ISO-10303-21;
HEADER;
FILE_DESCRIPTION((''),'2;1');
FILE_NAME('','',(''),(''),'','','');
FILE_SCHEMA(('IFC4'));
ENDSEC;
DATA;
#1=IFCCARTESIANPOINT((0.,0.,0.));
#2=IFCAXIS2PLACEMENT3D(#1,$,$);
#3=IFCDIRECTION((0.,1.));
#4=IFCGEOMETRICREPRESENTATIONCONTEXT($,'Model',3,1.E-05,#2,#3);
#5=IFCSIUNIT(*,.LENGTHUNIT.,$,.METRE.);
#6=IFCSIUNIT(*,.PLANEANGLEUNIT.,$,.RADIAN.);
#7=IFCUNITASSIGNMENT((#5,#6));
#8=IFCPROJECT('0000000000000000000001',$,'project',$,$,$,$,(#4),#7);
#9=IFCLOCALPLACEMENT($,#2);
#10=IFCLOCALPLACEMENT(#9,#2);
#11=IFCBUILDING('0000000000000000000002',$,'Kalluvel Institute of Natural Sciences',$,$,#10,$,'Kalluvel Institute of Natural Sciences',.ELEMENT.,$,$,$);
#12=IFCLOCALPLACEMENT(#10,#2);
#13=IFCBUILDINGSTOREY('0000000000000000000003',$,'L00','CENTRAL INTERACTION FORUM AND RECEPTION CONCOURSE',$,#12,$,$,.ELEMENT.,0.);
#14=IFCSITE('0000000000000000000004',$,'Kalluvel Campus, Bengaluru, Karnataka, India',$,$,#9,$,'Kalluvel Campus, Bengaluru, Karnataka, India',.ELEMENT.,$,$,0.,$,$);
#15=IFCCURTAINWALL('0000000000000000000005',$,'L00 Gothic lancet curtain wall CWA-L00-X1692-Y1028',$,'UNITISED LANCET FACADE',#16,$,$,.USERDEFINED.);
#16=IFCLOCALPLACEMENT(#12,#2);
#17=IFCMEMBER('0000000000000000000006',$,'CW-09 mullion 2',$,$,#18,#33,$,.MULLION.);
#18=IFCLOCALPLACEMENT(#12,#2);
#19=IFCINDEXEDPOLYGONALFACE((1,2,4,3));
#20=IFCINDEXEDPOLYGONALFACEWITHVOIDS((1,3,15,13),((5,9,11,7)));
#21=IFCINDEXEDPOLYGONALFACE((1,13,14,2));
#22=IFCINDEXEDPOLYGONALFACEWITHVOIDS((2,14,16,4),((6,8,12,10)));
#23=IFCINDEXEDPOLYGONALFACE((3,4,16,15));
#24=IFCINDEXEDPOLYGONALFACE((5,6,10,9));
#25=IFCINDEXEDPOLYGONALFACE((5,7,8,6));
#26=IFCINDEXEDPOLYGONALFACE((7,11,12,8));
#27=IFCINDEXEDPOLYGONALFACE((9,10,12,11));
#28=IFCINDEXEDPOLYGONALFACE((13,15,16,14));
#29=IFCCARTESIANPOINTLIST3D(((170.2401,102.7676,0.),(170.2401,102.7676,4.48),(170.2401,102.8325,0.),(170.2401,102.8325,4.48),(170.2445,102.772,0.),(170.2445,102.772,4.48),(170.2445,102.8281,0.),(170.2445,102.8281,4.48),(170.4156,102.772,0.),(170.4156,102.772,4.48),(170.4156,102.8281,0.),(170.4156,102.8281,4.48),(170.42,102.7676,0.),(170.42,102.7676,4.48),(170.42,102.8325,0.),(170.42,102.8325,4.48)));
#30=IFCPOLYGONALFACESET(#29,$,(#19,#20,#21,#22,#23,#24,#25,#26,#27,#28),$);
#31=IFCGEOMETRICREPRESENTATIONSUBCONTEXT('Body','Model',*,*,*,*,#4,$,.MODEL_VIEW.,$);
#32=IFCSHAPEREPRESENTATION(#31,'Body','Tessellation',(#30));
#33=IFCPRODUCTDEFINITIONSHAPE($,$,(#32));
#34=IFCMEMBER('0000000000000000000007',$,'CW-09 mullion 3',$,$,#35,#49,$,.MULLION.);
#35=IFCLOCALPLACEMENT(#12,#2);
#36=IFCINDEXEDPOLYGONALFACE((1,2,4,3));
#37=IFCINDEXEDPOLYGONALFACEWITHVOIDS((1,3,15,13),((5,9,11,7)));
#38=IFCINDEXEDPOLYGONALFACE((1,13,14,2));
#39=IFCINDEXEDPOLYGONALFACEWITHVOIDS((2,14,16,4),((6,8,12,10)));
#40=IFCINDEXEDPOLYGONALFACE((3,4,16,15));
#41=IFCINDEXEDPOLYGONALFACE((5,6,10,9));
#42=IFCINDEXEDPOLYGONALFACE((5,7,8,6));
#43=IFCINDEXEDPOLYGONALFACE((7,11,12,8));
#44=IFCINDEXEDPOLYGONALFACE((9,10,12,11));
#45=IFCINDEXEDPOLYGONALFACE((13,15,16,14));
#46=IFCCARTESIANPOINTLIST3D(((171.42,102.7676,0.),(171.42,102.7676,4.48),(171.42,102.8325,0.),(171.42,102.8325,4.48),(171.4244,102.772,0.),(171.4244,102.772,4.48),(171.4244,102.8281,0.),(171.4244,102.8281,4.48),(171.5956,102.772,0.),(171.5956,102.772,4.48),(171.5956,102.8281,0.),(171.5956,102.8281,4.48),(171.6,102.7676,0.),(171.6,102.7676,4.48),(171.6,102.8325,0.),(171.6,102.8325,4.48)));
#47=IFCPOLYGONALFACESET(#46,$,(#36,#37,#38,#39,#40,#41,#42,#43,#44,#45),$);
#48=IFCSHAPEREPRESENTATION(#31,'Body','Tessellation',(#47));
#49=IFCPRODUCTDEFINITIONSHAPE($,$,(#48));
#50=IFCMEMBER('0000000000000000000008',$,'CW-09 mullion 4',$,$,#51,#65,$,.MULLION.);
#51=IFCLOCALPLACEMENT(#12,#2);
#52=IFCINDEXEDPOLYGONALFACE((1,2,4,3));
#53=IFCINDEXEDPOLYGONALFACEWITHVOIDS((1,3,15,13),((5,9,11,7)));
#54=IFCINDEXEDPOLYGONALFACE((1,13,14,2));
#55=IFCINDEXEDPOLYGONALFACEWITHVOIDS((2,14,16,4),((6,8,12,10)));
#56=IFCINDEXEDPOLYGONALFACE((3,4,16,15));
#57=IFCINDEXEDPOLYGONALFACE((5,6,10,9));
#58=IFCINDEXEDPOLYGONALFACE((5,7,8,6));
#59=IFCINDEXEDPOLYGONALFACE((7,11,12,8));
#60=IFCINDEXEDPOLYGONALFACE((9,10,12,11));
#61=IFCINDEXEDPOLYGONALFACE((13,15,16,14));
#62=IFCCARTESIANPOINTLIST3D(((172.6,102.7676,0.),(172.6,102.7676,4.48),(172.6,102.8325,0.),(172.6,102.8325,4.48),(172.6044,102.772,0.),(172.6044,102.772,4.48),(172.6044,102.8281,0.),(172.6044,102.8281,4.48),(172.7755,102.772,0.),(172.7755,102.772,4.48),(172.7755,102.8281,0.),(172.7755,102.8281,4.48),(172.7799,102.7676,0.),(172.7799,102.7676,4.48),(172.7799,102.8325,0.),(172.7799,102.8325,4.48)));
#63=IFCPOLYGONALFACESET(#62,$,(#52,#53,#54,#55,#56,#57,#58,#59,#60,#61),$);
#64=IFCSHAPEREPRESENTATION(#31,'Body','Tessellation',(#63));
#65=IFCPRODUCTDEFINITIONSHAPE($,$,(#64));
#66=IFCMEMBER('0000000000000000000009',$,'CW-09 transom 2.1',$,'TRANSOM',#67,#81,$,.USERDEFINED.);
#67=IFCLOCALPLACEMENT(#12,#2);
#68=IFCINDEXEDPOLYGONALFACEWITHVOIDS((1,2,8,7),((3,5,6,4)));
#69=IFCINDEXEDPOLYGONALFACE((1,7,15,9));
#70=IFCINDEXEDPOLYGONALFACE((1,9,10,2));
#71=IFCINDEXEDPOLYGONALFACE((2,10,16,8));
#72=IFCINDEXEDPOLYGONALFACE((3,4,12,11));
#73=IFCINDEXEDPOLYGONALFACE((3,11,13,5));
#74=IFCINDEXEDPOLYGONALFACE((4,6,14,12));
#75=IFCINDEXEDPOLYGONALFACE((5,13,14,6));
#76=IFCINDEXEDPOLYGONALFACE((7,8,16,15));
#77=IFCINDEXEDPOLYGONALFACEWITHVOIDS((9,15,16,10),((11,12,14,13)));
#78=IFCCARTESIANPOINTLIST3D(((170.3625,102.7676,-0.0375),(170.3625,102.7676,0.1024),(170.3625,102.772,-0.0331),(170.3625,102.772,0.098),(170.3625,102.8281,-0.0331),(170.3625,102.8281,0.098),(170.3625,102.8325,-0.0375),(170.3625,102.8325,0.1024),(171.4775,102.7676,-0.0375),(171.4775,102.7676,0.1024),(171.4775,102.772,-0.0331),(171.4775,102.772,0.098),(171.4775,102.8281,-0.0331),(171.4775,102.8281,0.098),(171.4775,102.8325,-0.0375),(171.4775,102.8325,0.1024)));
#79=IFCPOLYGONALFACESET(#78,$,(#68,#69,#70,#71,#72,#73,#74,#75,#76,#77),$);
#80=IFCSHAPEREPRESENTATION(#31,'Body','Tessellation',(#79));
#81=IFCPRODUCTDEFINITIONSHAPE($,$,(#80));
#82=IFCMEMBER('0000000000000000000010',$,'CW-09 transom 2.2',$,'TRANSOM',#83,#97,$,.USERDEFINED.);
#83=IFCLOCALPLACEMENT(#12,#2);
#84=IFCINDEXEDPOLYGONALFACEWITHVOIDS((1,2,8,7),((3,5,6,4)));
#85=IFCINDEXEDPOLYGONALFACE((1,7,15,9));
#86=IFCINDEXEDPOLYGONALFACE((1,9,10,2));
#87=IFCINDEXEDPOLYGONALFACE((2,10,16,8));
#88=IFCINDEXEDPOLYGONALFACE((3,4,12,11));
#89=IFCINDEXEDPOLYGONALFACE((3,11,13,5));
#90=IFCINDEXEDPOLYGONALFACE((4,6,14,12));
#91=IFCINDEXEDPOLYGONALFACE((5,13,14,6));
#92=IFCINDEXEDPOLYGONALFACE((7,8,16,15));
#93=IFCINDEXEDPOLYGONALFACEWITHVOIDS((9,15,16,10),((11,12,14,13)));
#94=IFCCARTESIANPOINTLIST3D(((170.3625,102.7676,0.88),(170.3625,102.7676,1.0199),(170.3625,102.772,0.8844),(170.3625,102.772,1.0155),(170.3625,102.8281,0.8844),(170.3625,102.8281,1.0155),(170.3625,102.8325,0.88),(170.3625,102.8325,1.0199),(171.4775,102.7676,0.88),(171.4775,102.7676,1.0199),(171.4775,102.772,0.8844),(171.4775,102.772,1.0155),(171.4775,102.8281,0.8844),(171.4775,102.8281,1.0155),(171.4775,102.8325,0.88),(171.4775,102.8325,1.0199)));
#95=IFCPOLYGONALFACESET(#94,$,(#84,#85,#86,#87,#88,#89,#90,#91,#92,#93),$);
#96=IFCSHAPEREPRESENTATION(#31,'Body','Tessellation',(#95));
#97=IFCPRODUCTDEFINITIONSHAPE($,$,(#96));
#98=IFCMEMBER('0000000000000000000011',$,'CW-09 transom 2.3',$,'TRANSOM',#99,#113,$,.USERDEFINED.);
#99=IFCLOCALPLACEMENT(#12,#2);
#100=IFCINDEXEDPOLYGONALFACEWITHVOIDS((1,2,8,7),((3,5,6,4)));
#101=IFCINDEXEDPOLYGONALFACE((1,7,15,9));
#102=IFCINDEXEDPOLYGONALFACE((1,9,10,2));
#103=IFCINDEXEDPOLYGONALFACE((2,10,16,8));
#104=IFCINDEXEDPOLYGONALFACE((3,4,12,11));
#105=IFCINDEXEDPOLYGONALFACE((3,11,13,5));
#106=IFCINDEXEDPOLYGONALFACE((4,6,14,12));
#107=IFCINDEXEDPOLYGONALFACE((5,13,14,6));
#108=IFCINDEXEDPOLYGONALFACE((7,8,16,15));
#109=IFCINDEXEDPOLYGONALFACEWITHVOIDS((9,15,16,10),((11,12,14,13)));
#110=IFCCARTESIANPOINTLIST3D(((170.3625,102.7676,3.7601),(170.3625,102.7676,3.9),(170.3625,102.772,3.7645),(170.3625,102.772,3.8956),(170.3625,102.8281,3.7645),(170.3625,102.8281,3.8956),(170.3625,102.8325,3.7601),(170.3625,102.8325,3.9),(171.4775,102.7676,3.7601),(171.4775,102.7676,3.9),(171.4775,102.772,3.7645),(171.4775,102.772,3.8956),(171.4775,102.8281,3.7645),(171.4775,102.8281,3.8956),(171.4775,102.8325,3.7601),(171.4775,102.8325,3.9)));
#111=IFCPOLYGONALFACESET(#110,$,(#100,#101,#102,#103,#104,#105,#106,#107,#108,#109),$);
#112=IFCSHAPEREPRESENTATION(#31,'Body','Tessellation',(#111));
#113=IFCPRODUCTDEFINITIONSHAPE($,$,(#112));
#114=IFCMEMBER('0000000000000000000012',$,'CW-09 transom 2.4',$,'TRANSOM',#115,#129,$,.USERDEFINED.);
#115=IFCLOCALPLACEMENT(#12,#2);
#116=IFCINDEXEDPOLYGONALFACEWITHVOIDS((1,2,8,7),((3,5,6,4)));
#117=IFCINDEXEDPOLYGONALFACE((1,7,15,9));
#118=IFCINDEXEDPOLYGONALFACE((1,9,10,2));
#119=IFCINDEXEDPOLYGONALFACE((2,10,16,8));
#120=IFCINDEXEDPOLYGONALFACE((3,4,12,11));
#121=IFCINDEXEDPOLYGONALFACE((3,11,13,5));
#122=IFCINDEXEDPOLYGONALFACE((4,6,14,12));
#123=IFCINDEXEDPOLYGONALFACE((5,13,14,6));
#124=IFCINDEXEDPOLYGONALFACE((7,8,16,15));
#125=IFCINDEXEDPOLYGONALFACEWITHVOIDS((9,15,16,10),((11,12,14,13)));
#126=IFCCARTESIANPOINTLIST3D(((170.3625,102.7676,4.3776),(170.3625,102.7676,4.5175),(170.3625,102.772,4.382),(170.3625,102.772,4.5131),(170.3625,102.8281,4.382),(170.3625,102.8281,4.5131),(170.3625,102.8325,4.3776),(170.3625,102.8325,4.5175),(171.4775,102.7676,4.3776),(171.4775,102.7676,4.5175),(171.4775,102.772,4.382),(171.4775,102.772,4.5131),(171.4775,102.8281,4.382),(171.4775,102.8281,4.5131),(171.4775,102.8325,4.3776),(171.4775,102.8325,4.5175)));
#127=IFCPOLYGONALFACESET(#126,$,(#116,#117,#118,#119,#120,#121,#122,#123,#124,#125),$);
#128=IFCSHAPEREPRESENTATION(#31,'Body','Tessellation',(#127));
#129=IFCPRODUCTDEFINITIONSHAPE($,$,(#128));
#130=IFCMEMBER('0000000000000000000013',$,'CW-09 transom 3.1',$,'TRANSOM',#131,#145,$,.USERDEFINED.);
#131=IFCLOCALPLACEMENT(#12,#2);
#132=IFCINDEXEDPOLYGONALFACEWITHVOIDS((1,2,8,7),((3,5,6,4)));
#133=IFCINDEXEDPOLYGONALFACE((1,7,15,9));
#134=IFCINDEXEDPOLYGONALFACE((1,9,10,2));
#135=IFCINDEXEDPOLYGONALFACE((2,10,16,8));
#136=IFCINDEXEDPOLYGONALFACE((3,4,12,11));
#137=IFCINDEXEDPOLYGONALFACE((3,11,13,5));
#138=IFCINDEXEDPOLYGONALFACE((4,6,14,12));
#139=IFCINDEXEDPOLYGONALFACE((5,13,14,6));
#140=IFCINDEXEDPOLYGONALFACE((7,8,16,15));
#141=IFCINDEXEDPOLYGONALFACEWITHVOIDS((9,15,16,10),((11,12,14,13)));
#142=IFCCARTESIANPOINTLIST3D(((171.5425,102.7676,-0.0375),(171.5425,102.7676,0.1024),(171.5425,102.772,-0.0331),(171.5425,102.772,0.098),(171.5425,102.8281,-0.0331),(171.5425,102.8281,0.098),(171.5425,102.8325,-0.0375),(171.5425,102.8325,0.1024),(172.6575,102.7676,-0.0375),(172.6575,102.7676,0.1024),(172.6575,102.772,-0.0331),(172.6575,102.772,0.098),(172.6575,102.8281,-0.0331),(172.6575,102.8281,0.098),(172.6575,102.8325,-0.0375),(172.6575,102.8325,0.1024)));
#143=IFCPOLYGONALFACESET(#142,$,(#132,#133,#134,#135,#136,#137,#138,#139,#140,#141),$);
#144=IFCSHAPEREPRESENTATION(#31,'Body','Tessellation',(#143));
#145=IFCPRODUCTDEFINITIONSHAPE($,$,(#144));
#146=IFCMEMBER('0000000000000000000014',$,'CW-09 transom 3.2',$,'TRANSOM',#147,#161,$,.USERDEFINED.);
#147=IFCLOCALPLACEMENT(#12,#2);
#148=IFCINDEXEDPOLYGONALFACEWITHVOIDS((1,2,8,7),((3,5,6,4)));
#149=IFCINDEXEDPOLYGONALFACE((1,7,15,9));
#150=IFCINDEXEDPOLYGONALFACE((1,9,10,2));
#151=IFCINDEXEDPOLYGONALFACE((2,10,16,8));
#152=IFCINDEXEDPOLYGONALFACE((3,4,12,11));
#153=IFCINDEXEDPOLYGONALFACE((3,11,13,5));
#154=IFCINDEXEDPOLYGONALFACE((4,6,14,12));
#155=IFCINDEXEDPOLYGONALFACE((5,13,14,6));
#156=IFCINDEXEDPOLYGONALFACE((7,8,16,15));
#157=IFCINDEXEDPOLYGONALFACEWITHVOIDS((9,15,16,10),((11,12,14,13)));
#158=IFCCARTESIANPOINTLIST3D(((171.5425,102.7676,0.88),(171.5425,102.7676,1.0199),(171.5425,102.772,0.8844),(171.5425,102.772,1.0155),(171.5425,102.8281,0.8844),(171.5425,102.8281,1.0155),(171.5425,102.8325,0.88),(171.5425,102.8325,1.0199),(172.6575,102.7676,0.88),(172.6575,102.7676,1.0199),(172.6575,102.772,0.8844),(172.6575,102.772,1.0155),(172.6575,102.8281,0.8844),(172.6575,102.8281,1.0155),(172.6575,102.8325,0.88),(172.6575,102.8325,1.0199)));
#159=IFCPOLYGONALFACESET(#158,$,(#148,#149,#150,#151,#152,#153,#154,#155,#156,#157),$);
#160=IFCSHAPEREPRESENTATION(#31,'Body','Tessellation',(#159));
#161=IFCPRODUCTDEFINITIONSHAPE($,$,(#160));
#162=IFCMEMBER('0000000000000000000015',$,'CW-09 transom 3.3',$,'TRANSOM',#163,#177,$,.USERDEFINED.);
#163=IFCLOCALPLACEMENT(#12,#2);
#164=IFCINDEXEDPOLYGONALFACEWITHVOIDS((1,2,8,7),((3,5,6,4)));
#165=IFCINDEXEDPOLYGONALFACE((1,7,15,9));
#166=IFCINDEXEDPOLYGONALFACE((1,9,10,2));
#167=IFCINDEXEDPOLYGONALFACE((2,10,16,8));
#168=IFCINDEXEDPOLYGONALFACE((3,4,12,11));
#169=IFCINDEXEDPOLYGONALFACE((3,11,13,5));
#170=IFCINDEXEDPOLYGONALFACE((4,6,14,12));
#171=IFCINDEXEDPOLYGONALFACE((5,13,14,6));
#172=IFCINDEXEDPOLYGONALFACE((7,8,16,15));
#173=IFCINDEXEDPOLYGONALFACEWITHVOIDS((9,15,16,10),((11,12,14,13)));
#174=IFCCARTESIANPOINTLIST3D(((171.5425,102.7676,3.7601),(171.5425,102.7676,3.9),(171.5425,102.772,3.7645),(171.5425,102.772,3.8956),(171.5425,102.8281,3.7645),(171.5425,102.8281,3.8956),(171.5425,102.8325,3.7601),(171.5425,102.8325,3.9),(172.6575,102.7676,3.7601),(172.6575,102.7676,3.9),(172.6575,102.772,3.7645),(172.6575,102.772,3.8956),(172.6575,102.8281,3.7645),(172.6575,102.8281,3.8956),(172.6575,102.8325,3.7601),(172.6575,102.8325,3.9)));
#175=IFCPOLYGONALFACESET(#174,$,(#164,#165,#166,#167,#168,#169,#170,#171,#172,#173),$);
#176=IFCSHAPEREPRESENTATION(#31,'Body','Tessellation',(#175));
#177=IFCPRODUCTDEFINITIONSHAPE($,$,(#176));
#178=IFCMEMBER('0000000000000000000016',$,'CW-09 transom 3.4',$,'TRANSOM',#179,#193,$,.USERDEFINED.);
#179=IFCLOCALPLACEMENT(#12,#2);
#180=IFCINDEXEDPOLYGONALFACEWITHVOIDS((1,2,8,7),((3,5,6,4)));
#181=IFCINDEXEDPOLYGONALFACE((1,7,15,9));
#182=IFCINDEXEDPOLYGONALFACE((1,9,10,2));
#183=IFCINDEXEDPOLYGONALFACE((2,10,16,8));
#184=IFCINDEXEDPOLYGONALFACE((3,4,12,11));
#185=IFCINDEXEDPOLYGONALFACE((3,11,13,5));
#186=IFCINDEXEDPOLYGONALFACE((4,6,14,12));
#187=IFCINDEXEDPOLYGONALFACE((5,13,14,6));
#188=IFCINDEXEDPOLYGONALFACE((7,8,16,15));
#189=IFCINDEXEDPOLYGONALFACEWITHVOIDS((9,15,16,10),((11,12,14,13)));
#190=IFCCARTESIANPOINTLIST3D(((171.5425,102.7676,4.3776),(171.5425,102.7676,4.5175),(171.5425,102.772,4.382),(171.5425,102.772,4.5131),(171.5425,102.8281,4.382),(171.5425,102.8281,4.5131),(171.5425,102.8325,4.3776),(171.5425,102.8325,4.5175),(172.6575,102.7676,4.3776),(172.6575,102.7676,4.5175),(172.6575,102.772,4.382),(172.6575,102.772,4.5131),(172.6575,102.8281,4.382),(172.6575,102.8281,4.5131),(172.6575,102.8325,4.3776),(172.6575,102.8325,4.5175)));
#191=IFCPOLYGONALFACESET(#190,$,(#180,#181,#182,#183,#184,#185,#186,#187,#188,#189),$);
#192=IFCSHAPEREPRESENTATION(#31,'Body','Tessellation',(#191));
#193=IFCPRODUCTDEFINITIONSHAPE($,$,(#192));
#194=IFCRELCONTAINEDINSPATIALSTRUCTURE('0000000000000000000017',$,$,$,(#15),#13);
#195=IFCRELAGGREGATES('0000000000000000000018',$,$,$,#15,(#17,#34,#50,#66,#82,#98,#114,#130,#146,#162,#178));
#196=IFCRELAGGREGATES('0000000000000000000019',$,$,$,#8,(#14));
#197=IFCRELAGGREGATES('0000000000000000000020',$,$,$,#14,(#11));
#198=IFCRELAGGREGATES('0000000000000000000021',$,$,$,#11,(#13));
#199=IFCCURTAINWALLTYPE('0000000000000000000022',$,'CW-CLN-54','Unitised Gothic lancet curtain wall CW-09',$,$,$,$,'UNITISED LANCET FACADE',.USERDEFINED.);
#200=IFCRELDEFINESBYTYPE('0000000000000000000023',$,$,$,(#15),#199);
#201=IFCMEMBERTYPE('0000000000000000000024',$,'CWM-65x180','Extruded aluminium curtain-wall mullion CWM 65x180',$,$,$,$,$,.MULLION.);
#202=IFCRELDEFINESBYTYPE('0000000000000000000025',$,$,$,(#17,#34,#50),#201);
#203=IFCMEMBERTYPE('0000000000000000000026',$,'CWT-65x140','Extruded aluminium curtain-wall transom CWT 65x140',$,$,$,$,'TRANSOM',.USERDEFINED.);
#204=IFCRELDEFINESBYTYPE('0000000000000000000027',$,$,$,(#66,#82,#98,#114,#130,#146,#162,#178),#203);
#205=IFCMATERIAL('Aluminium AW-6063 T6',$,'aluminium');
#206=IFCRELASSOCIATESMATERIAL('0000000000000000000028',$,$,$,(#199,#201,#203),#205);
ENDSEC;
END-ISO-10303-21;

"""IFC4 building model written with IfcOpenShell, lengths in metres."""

from ifc_helpers import new_model, si_unit, direction, frame, origin, origin_2d, place, context, subcontext, project, spatial, hollow_rectangle, extrude, material, material_profile, profile_set, type_object, element, aggregate, save


model = new_model("IFC4")

# Units and contexts
model_context = context("Model", 3, precision=1e-05, world=origin(), true_north=direction((0.0, 1.0)))
body_context = subcontext(model_context, "Body", "Model", "MODEL_VIEW")
ifc_project = project(units=[si_unit("LENGTHUNIT", "METRE"), si_unit("PLANEANGLEUNIT", "RADIAN")], contexts=[model_context])

# Site, building, storey
site_placement = place(None, origin())
site = spatial("IfcSite", under=ifc_project, at=site_placement, Name="Kalluvel Campus, Bengaluru, Karnataka, India", LongName="Kalluvel Campus, Bengaluru, Karnataka, India", CompositionType="ELEMENT", RefElevation=0.0)
building_placement = place(site_placement, origin())
building = spatial("IfcBuilding", under=site, at=building_placement, Name="Kalluvel Institute of Natural Sciences", LongName="Kalluvel Institute of Natural Sciences", CompositionType="ELEMENT")
storey_placement = place(building_placement, origin())
storey = spatial("IfcBuildingStorey", under=building, at=storey_placement, Name="L00", Description="CENTRAL INTERACTION FORUM AND RECEPTION CONCOURSE", CompositionType="ELEMENT", Elevation=0.0)

# Curtain wall, members
ifc_material_1 = material(Name="Aluminium AW-6063 T6", Category="aluminium")
curtain_wall_type = type_object("IfcCurtainWallType", Name="CW-CLN-54", Description="Unitised Gothic lancet curtain wall CW-09", ElementType="UNITISED LANCET FACADE", PredefinedType="USERDEFINED", material=ifc_material_1)
curtain_wall_placement = place(storey_placement, origin())
curtain_wall = element("IfcCurtainWall", 1, at=curtain_wall_placement, inside=storey, type_object=curtain_wall_type, Name="L00 Gothic lancet curtain wall CWA-L00-X1692-Y1028", ObjectType="UNITISED LANCET FACADE", PredefinedType="USERDEFINED")
ifc_material_profile_1 = material_profile(ifc_material_1, hollow_rectangle(XDim=0.0649, YDim=0.1799, WallThickness=0.0044, at=origin_2d()), Name="CWM 65x180")
ifc_profile_set_1 = profile_set([ifc_material_profile_1], Name="Aluminium AW-6063 T6")
member_type_1 = type_object("IfcMemberType", Name="CWM-65x180", Description="Extruded aluminium curtain-wall mullion CWM 65x180", PredefinedType="MULLION", material=ifc_profile_set_1)
member_1_placement = place(storey_placement, frame((170.3301, 102.8, 0.0), z_axis=(0.0, 0.0, 1.0), x_axis=(0.0, 1.0, 0.0)))
member_1 = element("IfcMember", 2, at=member_1_placement, type_object=member_type_1, Name="CW-09 mullion 2", PredefinedType="MULLION", context=body_context, shape_type="SweptSolid", body=[
    extrude(hollow_rectangle(XDim=0.0649, YDim=0.1799, WallThickness=0.0044, at=origin_2d()), origin(), (0.0, 0.0, 1.0), 4.48),
])
member_2_placement = place(storey_placement, frame((171.51, 102.8, 0.0), z_axis=(0.0, 0.0, 1.0), x_axis=(0.0, 1.0, 0.0)))
member_2 = element("IfcMember", 3, at=member_2_placement, type_object=member_type_1, Name="CW-09 mullion 3", PredefinedType="MULLION", context=body_context, shape_type="SweptSolid", body=[
    extrude(hollow_rectangle(XDim=0.0649, YDim=0.1799, WallThickness=0.0044, at=origin_2d()), origin(), (0.0, 0.0, 1.0), 4.48),
])
member_3_placement = place(storey_placement, frame((172.6899, 102.8, 0.0), z_axis=(0.0, 0.0, 1.0), x_axis=(0.0, 1.0, 0.0)))
member_3 = element("IfcMember", 4, at=member_3_placement, type_object=member_type_1, Name="CW-09 mullion 4", PredefinedType="MULLION", context=body_context, shape_type="SweptSolid", body=[
    extrude(hollow_rectangle(XDim=0.0649, YDim=0.1799, WallThickness=0.0044, at=origin_2d()), origin(), (0.0, 0.0, 1.0), 4.48),
])
ifc_material_profile_2 = material_profile(ifc_material_1, hollow_rectangle(XDim=0.0649, YDim=0.1399, WallThickness=0.0044, at=origin_2d()), Name="CWT 65x140")
ifc_profile_set_2 = profile_set([ifc_material_profile_2], Name="Aluminium AW-6063 T6")
member_type_2 = type_object("IfcMemberType", Name="CWT-65x140", Description="Extruded aluminium curtain-wall transom CWT 65x140", ElementType="TRANSOM", PredefinedType="USERDEFINED", material=ifc_profile_set_2)
member_4_placement = place(storey_placement, frame((170.3625, 102.8, 0.0325), z_axis=(1.0, 0.0, 0.0), x_axis=(0.0, 1.0, 0.0)))
member_4 = element("IfcMember", 5, at=member_4_placement, type_object=member_type_2, Name="CW-09 transom 2.1", ObjectType="TRANSOM", PredefinedType="USERDEFINED", context=body_context, shape_type="SweptSolid", body=[
    extrude(hollow_rectangle(XDim=0.0649, YDim=0.1399, WallThickness=0.0044, at=origin_2d()), origin(), (0.0, 0.0, 1.0), 1.115),
])
member_5_placement = place(storey_placement, frame((170.3625, 102.8, 0.95), z_axis=(1.0, 0.0, 0.0), x_axis=(0.0, 1.0, 0.0)))
member_5 = element("IfcMember", 6, at=member_5_placement, type_object=member_type_2, Name="CW-09 transom 2.2", ObjectType="TRANSOM", PredefinedType="USERDEFINED", context=body_context, shape_type="SweptSolid", body=[
    extrude(hollow_rectangle(XDim=0.0649, YDim=0.1399, WallThickness=0.0044, at=origin_2d()), origin(), (0.0, 0.0, 1.0), 1.115),
])
member_6_placement = place(storey_placement, frame((170.3625, 102.8, 3.8301), z_axis=(1.0, 0.0, 0.0), x_axis=(0.0, 1.0, 0.0)))
member_6 = element("IfcMember", 7, at=member_6_placement, type_object=member_type_2, Name="CW-09 transom 2.3", ObjectType="TRANSOM", PredefinedType="USERDEFINED", context=body_context, shape_type="SweptSolid", body=[
    extrude(hollow_rectangle(XDim=0.0649, YDim=0.1399, WallThickness=0.0044, at=origin_2d()), origin(), (0.0, 0.0, 1.0), 1.115),
])
member_7_placement = place(storey_placement, frame((170.3625, 102.8, 4.4475), z_axis=(1.0, 0.0, 0.0), x_axis=(0.0, 1.0, 0.0)))
member_7 = element("IfcMember", 8, at=member_7_placement, type_object=member_type_2, Name="CW-09 transom 2.4", ObjectType="TRANSOM", PredefinedType="USERDEFINED", context=body_context, shape_type="SweptSolid", body=[
    extrude(hollow_rectangle(XDim=0.0649, YDim=0.1399, WallThickness=0.0044, at=origin_2d()), origin(), (0.0, 0.0, 1.0), 1.115),
])
member_8_placement = place(storey_placement, frame((171.5425, 102.8, 0.0325), z_axis=(1.0, 0.0, 0.0), x_axis=(0.0, 1.0, 0.0)))
member_8 = element("IfcMember", 9, at=member_8_placement, type_object=member_type_2, Name="CW-09 transom 3.1", ObjectType="TRANSOM", PredefinedType="USERDEFINED", context=body_context, shape_type="SweptSolid", body=[
    extrude(hollow_rectangle(XDim=0.0649, YDim=0.1399, WallThickness=0.0044, at=origin_2d()), origin(), (0.0, 0.0, 1.0), 1.115),
])
member_9_placement = place(storey_placement, frame((171.5425, 102.8, 0.95), z_axis=(1.0, 0.0, 0.0), x_axis=(0.0, 1.0, 0.0)))
member_9 = element("IfcMember", 10, at=member_9_placement, type_object=member_type_2, Name="CW-09 transom 3.2", ObjectType="TRANSOM", PredefinedType="USERDEFINED", context=body_context, shape_type="SweptSolid", body=[
    extrude(hollow_rectangle(XDim=0.0649, YDim=0.1399, WallThickness=0.0044, at=origin_2d()), origin(), (0.0, 0.0, 1.0), 1.115),
])
member_10_placement = place(storey_placement, frame((171.5425, 102.8, 3.8301), z_axis=(1.0, 0.0, 0.0), x_axis=(0.0, 1.0, 0.0)))
member_10 = element("IfcMember", 11, at=member_10_placement, type_object=member_type_2, Name="CW-09 transom 3.3", ObjectType="TRANSOM", PredefinedType="USERDEFINED", context=body_context, shape_type="SweptSolid", body=[
    extrude(hollow_rectangle(XDim=0.0649, YDim=0.1399, WallThickness=0.0044, at=origin_2d()), origin(), (0.0, 0.0, 1.0), 1.115),
])
member_11_placement = place(storey_placement, frame((171.5425, 102.8, 4.4475), z_axis=(1.0, 0.0, 0.0), x_axis=(0.0, 1.0, 0.0)))
member_11 = element("IfcMember", 12, at=member_11_placement, type_object=member_type_2, Name="CW-09 transom 3.4", ObjectType="TRANSOM", PredefinedType="USERDEFINED", context=body_context, shape_type="SweptSolid", body=[
    extrude(hollow_rectangle(XDim=0.0649, YDim=0.1399, WallThickness=0.0044, at=origin_2d()), origin(), (0.0, 0.0, 1.0), 1.115),
])
aggregate(curtain_wall, [member_1, member_2, member_3, member_4, member_5, member_6, member_7, member_8, member_9, member_10, member_11])

save(model, "model.ifc")
